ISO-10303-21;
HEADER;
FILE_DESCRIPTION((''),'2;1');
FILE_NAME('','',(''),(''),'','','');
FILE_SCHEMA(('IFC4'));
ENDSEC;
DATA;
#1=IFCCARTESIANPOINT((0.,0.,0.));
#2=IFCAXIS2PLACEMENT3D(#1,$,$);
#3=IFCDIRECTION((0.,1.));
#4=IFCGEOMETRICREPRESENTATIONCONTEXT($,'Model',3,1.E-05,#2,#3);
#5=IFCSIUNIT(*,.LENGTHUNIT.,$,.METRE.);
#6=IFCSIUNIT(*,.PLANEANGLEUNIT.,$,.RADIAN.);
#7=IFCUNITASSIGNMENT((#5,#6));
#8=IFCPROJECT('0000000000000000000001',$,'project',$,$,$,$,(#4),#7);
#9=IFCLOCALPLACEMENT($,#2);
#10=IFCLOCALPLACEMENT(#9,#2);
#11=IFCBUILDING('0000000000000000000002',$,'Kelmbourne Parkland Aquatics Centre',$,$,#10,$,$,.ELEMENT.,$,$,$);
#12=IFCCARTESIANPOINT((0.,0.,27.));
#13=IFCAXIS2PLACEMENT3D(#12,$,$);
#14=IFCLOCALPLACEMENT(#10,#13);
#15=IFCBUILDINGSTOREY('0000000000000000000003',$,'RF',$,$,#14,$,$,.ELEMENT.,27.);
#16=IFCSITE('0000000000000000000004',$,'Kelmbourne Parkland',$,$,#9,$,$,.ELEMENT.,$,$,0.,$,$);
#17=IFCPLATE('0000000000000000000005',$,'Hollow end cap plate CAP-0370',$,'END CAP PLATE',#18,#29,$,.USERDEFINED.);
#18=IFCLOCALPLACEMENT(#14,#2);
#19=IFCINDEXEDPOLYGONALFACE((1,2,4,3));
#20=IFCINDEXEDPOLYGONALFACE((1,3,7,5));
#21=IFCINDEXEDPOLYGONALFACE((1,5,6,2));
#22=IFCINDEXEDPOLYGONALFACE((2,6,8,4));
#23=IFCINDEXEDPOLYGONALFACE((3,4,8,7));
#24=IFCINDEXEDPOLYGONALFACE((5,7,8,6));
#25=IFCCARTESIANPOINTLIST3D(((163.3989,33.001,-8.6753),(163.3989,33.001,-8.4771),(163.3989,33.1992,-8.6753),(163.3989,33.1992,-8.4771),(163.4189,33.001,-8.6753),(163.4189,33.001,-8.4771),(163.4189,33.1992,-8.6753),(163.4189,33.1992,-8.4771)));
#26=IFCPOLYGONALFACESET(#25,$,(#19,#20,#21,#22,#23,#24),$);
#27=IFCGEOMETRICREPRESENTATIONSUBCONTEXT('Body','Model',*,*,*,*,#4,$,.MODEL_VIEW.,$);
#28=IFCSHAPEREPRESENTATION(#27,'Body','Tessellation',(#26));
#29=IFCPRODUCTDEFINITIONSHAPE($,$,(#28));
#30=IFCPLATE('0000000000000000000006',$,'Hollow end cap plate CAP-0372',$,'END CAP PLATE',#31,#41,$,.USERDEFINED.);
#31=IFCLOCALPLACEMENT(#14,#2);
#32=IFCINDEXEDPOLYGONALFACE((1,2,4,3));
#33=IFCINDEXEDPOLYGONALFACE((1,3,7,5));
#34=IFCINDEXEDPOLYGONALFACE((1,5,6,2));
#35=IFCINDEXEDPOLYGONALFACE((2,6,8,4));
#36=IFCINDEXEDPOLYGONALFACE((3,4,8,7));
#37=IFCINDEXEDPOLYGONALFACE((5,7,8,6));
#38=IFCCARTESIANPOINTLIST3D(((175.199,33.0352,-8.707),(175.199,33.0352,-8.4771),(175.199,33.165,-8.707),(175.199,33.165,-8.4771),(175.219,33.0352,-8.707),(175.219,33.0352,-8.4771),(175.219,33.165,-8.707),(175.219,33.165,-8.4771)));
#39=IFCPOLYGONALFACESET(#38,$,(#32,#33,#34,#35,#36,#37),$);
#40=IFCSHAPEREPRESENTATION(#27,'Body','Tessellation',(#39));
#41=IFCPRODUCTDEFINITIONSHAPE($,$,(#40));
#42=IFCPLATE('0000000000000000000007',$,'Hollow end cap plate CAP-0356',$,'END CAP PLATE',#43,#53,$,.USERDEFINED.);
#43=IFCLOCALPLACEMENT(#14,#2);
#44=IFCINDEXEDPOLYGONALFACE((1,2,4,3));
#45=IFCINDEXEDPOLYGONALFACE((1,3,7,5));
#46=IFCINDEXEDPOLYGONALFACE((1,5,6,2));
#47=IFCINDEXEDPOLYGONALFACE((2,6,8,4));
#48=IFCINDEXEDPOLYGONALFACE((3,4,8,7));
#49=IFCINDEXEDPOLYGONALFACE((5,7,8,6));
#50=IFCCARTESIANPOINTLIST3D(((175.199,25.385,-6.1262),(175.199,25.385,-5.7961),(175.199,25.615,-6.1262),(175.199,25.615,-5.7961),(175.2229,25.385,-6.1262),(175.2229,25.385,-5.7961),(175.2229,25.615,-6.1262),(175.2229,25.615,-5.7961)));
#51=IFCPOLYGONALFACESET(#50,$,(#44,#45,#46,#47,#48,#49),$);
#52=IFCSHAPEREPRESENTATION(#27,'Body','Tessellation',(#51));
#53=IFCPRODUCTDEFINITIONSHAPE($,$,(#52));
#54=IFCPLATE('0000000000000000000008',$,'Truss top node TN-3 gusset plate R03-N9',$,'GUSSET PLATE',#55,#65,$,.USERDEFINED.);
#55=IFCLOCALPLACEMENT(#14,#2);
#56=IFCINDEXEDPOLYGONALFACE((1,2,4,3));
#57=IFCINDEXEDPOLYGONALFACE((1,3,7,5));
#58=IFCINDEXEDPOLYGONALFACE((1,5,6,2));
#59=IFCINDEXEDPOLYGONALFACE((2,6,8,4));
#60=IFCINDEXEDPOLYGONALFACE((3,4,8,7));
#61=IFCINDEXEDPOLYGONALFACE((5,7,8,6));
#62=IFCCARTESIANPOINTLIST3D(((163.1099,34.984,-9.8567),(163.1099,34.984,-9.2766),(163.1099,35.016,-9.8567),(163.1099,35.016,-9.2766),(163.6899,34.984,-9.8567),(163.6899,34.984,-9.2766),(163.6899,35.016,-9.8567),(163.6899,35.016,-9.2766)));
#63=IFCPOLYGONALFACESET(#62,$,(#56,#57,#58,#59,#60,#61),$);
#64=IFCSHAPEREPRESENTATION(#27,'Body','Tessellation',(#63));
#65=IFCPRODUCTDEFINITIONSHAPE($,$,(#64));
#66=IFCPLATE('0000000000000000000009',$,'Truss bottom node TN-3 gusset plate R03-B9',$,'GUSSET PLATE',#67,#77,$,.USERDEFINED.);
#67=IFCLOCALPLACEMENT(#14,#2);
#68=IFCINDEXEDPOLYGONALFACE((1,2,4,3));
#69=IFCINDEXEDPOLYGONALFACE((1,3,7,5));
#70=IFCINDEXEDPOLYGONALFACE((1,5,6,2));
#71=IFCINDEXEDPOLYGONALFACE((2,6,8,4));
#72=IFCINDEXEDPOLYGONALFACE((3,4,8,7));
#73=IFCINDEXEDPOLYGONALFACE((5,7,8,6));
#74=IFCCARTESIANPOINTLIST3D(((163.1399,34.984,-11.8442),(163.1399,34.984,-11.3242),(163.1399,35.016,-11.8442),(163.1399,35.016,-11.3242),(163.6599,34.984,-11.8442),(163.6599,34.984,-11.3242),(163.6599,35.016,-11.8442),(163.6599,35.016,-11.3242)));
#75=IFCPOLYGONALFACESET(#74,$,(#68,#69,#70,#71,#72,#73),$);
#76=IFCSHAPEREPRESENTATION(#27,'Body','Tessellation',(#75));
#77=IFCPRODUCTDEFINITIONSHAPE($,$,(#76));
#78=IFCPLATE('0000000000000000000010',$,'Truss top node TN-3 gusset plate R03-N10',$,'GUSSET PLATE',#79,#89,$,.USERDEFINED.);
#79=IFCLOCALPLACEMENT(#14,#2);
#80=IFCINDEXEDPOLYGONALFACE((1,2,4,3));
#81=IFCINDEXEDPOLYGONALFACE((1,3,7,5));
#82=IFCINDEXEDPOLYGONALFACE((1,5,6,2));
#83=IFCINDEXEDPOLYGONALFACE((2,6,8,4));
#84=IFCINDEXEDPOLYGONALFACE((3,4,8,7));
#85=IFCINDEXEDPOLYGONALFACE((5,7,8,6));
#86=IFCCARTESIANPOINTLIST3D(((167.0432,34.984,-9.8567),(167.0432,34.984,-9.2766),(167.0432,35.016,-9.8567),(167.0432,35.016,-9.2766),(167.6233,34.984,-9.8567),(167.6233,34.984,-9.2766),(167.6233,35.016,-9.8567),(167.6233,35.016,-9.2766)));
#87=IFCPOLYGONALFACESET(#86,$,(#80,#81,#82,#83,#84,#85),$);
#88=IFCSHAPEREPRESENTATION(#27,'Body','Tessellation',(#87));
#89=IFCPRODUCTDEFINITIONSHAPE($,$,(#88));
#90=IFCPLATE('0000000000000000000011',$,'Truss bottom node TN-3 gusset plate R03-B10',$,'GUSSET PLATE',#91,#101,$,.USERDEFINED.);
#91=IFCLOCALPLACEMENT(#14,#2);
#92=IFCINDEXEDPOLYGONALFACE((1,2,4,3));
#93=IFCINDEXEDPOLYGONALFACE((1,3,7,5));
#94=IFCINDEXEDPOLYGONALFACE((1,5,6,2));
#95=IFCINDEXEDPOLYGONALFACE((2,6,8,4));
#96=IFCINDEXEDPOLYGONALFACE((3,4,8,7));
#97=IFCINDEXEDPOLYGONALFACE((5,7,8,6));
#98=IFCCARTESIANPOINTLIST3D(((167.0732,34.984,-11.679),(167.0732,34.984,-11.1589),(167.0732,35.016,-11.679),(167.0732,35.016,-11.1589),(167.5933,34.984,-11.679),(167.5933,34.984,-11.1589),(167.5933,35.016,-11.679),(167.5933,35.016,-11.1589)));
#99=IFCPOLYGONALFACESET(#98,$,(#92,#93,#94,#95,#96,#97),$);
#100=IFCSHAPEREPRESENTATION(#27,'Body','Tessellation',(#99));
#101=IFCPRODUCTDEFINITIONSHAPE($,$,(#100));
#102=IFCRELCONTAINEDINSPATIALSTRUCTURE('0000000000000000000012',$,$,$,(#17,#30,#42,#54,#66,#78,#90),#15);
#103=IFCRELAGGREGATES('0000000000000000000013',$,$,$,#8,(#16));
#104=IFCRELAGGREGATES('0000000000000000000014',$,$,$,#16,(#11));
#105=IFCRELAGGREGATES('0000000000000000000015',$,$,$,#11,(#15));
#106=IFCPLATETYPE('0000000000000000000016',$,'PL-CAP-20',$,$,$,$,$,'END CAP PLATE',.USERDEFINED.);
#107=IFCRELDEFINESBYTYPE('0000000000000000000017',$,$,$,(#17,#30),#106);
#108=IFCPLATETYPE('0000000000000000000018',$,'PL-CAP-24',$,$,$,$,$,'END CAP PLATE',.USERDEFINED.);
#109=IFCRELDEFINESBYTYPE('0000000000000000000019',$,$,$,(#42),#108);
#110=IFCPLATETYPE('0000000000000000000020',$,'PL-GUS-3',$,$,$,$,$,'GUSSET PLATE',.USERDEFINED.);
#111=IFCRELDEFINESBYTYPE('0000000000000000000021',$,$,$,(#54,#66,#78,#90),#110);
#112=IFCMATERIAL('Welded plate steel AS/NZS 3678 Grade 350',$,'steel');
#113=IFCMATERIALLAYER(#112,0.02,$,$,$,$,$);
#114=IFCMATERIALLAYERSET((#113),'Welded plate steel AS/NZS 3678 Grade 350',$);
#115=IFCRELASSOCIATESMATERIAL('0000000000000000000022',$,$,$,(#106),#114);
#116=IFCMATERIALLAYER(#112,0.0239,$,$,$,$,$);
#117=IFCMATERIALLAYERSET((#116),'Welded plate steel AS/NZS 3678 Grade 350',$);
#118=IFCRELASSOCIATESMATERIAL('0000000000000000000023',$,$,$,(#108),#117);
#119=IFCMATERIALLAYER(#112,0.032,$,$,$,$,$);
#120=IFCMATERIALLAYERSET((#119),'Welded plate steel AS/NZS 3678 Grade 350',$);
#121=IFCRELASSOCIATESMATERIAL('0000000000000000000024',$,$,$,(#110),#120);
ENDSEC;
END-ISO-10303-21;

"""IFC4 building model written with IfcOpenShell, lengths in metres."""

from ifc_helpers import new_model, si_unit, direction, frame, origin, origin_2d, place, context, subcontext, project, spatial, rectangle, extrude, material, layer, layer_set, type_object, element, save


model = new_model("IFC4")

# Units and contexts
model_context = context("Model", 3, precision=1e-05, world=origin(), true_north=direction((0.0, 1.0)))
body_context = subcontext(model_context, "Body", "Model", "MODEL_VIEW")
ifc_project = project(units=[si_unit("LENGTHUNIT", "METRE"), si_unit("PLANEANGLEUNIT", "RADIAN")], contexts=[model_context])

# Site, building, storey
site_placement = place(None, origin())
site = spatial("IfcSite", under=ifc_project, at=site_placement, Name="Kelmbourne Parkland", CompositionType="ELEMENT", RefElevation=0.0)
building_placement = place(site_placement, origin())
building = spatial("IfcBuilding", under=site, at=building_placement, Name="Kelmbourne Parkland Aquatics Centre", CompositionType="ELEMENT")
storey_placement = place(building_placement, frame((0.0, 0.0, 27.0)))
storey = spatial("IfcBuildingStorey", under=building, at=storey_placement, Name="RF", CompositionType="ELEMENT", Elevation=27.0)

# Shared definitions
ifc_material_1 = material(Name="Welded plate steel AS/NZS 3678 Grade 350", Category="steel")

# Plates
ifc_layer_1 = layer(ifc_material_1, 0.02)
ifc_layer_set_1 = layer_set([ifc_layer_1], Name="Welded plate steel AS/NZS 3678 Grade 350")
plate_type_1 = type_object("IfcPlateType", Name="PL-CAP-20", ElementType="END CAP PLATE", PredefinedType="USERDEFINED", material=ifc_layer_set_1)
plate_1_placement = place(storey_placement, frame((163.4089, 33.1001, -8.6753), z_axis=(0.0, 0.0, 1.0), x_axis=(1.0, 0.0, 0.0)))
element("IfcPlate", 1, at=plate_1_placement, inside=storey, type_object=plate_type_1, Name="Hollow end cap plate CAP-0370", ObjectType="END CAP PLATE", PredefinedType="USERDEFINED", context=body_context, shape_type="SweptSolid", body=[
    extrude(rectangle(XDim=0.02, YDim=0.1982, at=origin_2d()), origin(), (0.0, 0.0, 1.0), 0.1982),
])
plate_2_placement = place(storey_placement, frame((175.209, 33.1001, -8.707), z_axis=(0.0, 0.0, 1.0), x_axis=(1.0, 0.0, 0.0)))
element("IfcPlate", 2, at=plate_2_placement, inside=storey, type_object=plate_type_1, Name="Hollow end cap plate CAP-0372", ObjectType="END CAP PLATE", PredefinedType="USERDEFINED", context=body_context, shape_type="SweptSolid", body=[
    extrude(rectangle(XDim=0.02, YDim=0.1299, at=origin_2d()), origin(), (0.0, 0.0, 1.0), 0.23),
])
ifc_layer_2 = layer(ifc_material_1, 0.0239)
ifc_layer_set_2 = layer_set([ifc_layer_2], Name="Welded plate steel AS/NZS 3678 Grade 350")
plate_type_2 = type_object("IfcPlateType", Name="PL-CAP-24", ElementType="END CAP PLATE", PredefinedType="USERDEFINED", material=ifc_layer_set_2)
plate_3_placement = place(storey_placement, frame((175.2109, 25.5, -6.1262), z_axis=(0.0, 0.0, 1.0), x_axis=(1.0, 0.0, 0.0)))
element("IfcPlate", 3, at=plate_3_placement, inside=storey, type_object=plate_type_2, Name="Hollow end cap plate CAP-0356", ObjectType="END CAP PLATE", PredefinedType="USERDEFINED", context=body_context, shape_type="SweptSolid", body=[
    extrude(rectangle(XDim=0.0239, YDim=0.23, at=origin_2d()), origin(), (0.0, 0.0, 1.0), 0.3301),
])
ifc_layer_3 = layer(ifc_material_1, 0.032)
ifc_layer_set_3 = layer_set([ifc_layer_3], Name="Welded plate steel AS/NZS 3678 Grade 350")
plate_type_3 = type_object("IfcPlateType", Name="PL-GUS-3", ElementType="GUSSET PLATE", PredefinedType="USERDEFINED", material=ifc_layer_set_3)
plate_4_placement = place(storey_placement, frame((163.3999, 35.0, -9.8567), z_axis=(0.0, 0.0, 1.0), x_axis=(1.0, 0.0, 0.0)))
element("IfcPlate", 4, at=plate_4_placement, inside=storey, type_object=plate_type_3, Name="Truss top node TN-3 gusset plate R03-N9", ObjectType="GUSSET PLATE", PredefinedType="USERDEFINED", context=body_context, shape_type="SweptSolid", body=[
    extrude(rectangle(XDim=0.5801, YDim=0.032, at=origin_2d()), origin(), (0.0, 0.0, 1.0), 0.5801),
])
plate_5_placement = place(storey_placement, frame((163.3999, 35.0, -11.8442), z_axis=(0.0, 0.0, 1.0), x_axis=(1.0, 0.0, 0.0)))
element("IfcPlate", 5, at=plate_5_placement, inside=storey, type_object=plate_type_3, Name="Truss bottom node TN-3 gusset plate R03-B9", ObjectType="GUSSET PLATE", PredefinedType="USERDEFINED", context=body_context, shape_type="SweptSolid", body=[
    extrude(rectangle(XDim=0.52, YDim=0.032, at=origin_2d()), origin(), (0.0, 0.0, 1.0), 0.52),
])
plate_6_placement = place(storey_placement, frame((167.3333, 35.0, -9.8567), z_axis=(0.0, 0.0, 1.0), x_axis=(1.0, 0.0, 0.0)))
element("IfcPlate", 6, at=plate_6_placement, inside=storey, type_object=plate_type_3, Name="Truss top node TN-3 gusset plate R03-N10", ObjectType="GUSSET PLATE", PredefinedType="USERDEFINED", context=body_context, shape_type="SweptSolid", body=[
    extrude(rectangle(XDim=0.5801, YDim=0.032, at=origin_2d()), origin(), (0.0, 0.0, 1.0), 0.5801),
])
plate_7_placement = place(storey_placement, frame((167.3333, 35.0, -11.679), z_axis=(0.0, 0.0, 1.0), x_axis=(1.0, 0.0, 0.0)))
element("IfcPlate", 7, at=plate_7_placement, inside=storey, type_object=plate_type_3, Name="Truss bottom node TN-3 gusset plate R03-B10", ObjectType="GUSSET PLATE", PredefinedType="USERDEFINED", context=body_context, shape_type="SweptSolid", body=[
    extrude(rectangle(XDim=0.52, YDim=0.032, at=origin_2d()), origin(), (0.0, 0.0, 1.0), 0.52),
])

save(model, "model.ifc")
